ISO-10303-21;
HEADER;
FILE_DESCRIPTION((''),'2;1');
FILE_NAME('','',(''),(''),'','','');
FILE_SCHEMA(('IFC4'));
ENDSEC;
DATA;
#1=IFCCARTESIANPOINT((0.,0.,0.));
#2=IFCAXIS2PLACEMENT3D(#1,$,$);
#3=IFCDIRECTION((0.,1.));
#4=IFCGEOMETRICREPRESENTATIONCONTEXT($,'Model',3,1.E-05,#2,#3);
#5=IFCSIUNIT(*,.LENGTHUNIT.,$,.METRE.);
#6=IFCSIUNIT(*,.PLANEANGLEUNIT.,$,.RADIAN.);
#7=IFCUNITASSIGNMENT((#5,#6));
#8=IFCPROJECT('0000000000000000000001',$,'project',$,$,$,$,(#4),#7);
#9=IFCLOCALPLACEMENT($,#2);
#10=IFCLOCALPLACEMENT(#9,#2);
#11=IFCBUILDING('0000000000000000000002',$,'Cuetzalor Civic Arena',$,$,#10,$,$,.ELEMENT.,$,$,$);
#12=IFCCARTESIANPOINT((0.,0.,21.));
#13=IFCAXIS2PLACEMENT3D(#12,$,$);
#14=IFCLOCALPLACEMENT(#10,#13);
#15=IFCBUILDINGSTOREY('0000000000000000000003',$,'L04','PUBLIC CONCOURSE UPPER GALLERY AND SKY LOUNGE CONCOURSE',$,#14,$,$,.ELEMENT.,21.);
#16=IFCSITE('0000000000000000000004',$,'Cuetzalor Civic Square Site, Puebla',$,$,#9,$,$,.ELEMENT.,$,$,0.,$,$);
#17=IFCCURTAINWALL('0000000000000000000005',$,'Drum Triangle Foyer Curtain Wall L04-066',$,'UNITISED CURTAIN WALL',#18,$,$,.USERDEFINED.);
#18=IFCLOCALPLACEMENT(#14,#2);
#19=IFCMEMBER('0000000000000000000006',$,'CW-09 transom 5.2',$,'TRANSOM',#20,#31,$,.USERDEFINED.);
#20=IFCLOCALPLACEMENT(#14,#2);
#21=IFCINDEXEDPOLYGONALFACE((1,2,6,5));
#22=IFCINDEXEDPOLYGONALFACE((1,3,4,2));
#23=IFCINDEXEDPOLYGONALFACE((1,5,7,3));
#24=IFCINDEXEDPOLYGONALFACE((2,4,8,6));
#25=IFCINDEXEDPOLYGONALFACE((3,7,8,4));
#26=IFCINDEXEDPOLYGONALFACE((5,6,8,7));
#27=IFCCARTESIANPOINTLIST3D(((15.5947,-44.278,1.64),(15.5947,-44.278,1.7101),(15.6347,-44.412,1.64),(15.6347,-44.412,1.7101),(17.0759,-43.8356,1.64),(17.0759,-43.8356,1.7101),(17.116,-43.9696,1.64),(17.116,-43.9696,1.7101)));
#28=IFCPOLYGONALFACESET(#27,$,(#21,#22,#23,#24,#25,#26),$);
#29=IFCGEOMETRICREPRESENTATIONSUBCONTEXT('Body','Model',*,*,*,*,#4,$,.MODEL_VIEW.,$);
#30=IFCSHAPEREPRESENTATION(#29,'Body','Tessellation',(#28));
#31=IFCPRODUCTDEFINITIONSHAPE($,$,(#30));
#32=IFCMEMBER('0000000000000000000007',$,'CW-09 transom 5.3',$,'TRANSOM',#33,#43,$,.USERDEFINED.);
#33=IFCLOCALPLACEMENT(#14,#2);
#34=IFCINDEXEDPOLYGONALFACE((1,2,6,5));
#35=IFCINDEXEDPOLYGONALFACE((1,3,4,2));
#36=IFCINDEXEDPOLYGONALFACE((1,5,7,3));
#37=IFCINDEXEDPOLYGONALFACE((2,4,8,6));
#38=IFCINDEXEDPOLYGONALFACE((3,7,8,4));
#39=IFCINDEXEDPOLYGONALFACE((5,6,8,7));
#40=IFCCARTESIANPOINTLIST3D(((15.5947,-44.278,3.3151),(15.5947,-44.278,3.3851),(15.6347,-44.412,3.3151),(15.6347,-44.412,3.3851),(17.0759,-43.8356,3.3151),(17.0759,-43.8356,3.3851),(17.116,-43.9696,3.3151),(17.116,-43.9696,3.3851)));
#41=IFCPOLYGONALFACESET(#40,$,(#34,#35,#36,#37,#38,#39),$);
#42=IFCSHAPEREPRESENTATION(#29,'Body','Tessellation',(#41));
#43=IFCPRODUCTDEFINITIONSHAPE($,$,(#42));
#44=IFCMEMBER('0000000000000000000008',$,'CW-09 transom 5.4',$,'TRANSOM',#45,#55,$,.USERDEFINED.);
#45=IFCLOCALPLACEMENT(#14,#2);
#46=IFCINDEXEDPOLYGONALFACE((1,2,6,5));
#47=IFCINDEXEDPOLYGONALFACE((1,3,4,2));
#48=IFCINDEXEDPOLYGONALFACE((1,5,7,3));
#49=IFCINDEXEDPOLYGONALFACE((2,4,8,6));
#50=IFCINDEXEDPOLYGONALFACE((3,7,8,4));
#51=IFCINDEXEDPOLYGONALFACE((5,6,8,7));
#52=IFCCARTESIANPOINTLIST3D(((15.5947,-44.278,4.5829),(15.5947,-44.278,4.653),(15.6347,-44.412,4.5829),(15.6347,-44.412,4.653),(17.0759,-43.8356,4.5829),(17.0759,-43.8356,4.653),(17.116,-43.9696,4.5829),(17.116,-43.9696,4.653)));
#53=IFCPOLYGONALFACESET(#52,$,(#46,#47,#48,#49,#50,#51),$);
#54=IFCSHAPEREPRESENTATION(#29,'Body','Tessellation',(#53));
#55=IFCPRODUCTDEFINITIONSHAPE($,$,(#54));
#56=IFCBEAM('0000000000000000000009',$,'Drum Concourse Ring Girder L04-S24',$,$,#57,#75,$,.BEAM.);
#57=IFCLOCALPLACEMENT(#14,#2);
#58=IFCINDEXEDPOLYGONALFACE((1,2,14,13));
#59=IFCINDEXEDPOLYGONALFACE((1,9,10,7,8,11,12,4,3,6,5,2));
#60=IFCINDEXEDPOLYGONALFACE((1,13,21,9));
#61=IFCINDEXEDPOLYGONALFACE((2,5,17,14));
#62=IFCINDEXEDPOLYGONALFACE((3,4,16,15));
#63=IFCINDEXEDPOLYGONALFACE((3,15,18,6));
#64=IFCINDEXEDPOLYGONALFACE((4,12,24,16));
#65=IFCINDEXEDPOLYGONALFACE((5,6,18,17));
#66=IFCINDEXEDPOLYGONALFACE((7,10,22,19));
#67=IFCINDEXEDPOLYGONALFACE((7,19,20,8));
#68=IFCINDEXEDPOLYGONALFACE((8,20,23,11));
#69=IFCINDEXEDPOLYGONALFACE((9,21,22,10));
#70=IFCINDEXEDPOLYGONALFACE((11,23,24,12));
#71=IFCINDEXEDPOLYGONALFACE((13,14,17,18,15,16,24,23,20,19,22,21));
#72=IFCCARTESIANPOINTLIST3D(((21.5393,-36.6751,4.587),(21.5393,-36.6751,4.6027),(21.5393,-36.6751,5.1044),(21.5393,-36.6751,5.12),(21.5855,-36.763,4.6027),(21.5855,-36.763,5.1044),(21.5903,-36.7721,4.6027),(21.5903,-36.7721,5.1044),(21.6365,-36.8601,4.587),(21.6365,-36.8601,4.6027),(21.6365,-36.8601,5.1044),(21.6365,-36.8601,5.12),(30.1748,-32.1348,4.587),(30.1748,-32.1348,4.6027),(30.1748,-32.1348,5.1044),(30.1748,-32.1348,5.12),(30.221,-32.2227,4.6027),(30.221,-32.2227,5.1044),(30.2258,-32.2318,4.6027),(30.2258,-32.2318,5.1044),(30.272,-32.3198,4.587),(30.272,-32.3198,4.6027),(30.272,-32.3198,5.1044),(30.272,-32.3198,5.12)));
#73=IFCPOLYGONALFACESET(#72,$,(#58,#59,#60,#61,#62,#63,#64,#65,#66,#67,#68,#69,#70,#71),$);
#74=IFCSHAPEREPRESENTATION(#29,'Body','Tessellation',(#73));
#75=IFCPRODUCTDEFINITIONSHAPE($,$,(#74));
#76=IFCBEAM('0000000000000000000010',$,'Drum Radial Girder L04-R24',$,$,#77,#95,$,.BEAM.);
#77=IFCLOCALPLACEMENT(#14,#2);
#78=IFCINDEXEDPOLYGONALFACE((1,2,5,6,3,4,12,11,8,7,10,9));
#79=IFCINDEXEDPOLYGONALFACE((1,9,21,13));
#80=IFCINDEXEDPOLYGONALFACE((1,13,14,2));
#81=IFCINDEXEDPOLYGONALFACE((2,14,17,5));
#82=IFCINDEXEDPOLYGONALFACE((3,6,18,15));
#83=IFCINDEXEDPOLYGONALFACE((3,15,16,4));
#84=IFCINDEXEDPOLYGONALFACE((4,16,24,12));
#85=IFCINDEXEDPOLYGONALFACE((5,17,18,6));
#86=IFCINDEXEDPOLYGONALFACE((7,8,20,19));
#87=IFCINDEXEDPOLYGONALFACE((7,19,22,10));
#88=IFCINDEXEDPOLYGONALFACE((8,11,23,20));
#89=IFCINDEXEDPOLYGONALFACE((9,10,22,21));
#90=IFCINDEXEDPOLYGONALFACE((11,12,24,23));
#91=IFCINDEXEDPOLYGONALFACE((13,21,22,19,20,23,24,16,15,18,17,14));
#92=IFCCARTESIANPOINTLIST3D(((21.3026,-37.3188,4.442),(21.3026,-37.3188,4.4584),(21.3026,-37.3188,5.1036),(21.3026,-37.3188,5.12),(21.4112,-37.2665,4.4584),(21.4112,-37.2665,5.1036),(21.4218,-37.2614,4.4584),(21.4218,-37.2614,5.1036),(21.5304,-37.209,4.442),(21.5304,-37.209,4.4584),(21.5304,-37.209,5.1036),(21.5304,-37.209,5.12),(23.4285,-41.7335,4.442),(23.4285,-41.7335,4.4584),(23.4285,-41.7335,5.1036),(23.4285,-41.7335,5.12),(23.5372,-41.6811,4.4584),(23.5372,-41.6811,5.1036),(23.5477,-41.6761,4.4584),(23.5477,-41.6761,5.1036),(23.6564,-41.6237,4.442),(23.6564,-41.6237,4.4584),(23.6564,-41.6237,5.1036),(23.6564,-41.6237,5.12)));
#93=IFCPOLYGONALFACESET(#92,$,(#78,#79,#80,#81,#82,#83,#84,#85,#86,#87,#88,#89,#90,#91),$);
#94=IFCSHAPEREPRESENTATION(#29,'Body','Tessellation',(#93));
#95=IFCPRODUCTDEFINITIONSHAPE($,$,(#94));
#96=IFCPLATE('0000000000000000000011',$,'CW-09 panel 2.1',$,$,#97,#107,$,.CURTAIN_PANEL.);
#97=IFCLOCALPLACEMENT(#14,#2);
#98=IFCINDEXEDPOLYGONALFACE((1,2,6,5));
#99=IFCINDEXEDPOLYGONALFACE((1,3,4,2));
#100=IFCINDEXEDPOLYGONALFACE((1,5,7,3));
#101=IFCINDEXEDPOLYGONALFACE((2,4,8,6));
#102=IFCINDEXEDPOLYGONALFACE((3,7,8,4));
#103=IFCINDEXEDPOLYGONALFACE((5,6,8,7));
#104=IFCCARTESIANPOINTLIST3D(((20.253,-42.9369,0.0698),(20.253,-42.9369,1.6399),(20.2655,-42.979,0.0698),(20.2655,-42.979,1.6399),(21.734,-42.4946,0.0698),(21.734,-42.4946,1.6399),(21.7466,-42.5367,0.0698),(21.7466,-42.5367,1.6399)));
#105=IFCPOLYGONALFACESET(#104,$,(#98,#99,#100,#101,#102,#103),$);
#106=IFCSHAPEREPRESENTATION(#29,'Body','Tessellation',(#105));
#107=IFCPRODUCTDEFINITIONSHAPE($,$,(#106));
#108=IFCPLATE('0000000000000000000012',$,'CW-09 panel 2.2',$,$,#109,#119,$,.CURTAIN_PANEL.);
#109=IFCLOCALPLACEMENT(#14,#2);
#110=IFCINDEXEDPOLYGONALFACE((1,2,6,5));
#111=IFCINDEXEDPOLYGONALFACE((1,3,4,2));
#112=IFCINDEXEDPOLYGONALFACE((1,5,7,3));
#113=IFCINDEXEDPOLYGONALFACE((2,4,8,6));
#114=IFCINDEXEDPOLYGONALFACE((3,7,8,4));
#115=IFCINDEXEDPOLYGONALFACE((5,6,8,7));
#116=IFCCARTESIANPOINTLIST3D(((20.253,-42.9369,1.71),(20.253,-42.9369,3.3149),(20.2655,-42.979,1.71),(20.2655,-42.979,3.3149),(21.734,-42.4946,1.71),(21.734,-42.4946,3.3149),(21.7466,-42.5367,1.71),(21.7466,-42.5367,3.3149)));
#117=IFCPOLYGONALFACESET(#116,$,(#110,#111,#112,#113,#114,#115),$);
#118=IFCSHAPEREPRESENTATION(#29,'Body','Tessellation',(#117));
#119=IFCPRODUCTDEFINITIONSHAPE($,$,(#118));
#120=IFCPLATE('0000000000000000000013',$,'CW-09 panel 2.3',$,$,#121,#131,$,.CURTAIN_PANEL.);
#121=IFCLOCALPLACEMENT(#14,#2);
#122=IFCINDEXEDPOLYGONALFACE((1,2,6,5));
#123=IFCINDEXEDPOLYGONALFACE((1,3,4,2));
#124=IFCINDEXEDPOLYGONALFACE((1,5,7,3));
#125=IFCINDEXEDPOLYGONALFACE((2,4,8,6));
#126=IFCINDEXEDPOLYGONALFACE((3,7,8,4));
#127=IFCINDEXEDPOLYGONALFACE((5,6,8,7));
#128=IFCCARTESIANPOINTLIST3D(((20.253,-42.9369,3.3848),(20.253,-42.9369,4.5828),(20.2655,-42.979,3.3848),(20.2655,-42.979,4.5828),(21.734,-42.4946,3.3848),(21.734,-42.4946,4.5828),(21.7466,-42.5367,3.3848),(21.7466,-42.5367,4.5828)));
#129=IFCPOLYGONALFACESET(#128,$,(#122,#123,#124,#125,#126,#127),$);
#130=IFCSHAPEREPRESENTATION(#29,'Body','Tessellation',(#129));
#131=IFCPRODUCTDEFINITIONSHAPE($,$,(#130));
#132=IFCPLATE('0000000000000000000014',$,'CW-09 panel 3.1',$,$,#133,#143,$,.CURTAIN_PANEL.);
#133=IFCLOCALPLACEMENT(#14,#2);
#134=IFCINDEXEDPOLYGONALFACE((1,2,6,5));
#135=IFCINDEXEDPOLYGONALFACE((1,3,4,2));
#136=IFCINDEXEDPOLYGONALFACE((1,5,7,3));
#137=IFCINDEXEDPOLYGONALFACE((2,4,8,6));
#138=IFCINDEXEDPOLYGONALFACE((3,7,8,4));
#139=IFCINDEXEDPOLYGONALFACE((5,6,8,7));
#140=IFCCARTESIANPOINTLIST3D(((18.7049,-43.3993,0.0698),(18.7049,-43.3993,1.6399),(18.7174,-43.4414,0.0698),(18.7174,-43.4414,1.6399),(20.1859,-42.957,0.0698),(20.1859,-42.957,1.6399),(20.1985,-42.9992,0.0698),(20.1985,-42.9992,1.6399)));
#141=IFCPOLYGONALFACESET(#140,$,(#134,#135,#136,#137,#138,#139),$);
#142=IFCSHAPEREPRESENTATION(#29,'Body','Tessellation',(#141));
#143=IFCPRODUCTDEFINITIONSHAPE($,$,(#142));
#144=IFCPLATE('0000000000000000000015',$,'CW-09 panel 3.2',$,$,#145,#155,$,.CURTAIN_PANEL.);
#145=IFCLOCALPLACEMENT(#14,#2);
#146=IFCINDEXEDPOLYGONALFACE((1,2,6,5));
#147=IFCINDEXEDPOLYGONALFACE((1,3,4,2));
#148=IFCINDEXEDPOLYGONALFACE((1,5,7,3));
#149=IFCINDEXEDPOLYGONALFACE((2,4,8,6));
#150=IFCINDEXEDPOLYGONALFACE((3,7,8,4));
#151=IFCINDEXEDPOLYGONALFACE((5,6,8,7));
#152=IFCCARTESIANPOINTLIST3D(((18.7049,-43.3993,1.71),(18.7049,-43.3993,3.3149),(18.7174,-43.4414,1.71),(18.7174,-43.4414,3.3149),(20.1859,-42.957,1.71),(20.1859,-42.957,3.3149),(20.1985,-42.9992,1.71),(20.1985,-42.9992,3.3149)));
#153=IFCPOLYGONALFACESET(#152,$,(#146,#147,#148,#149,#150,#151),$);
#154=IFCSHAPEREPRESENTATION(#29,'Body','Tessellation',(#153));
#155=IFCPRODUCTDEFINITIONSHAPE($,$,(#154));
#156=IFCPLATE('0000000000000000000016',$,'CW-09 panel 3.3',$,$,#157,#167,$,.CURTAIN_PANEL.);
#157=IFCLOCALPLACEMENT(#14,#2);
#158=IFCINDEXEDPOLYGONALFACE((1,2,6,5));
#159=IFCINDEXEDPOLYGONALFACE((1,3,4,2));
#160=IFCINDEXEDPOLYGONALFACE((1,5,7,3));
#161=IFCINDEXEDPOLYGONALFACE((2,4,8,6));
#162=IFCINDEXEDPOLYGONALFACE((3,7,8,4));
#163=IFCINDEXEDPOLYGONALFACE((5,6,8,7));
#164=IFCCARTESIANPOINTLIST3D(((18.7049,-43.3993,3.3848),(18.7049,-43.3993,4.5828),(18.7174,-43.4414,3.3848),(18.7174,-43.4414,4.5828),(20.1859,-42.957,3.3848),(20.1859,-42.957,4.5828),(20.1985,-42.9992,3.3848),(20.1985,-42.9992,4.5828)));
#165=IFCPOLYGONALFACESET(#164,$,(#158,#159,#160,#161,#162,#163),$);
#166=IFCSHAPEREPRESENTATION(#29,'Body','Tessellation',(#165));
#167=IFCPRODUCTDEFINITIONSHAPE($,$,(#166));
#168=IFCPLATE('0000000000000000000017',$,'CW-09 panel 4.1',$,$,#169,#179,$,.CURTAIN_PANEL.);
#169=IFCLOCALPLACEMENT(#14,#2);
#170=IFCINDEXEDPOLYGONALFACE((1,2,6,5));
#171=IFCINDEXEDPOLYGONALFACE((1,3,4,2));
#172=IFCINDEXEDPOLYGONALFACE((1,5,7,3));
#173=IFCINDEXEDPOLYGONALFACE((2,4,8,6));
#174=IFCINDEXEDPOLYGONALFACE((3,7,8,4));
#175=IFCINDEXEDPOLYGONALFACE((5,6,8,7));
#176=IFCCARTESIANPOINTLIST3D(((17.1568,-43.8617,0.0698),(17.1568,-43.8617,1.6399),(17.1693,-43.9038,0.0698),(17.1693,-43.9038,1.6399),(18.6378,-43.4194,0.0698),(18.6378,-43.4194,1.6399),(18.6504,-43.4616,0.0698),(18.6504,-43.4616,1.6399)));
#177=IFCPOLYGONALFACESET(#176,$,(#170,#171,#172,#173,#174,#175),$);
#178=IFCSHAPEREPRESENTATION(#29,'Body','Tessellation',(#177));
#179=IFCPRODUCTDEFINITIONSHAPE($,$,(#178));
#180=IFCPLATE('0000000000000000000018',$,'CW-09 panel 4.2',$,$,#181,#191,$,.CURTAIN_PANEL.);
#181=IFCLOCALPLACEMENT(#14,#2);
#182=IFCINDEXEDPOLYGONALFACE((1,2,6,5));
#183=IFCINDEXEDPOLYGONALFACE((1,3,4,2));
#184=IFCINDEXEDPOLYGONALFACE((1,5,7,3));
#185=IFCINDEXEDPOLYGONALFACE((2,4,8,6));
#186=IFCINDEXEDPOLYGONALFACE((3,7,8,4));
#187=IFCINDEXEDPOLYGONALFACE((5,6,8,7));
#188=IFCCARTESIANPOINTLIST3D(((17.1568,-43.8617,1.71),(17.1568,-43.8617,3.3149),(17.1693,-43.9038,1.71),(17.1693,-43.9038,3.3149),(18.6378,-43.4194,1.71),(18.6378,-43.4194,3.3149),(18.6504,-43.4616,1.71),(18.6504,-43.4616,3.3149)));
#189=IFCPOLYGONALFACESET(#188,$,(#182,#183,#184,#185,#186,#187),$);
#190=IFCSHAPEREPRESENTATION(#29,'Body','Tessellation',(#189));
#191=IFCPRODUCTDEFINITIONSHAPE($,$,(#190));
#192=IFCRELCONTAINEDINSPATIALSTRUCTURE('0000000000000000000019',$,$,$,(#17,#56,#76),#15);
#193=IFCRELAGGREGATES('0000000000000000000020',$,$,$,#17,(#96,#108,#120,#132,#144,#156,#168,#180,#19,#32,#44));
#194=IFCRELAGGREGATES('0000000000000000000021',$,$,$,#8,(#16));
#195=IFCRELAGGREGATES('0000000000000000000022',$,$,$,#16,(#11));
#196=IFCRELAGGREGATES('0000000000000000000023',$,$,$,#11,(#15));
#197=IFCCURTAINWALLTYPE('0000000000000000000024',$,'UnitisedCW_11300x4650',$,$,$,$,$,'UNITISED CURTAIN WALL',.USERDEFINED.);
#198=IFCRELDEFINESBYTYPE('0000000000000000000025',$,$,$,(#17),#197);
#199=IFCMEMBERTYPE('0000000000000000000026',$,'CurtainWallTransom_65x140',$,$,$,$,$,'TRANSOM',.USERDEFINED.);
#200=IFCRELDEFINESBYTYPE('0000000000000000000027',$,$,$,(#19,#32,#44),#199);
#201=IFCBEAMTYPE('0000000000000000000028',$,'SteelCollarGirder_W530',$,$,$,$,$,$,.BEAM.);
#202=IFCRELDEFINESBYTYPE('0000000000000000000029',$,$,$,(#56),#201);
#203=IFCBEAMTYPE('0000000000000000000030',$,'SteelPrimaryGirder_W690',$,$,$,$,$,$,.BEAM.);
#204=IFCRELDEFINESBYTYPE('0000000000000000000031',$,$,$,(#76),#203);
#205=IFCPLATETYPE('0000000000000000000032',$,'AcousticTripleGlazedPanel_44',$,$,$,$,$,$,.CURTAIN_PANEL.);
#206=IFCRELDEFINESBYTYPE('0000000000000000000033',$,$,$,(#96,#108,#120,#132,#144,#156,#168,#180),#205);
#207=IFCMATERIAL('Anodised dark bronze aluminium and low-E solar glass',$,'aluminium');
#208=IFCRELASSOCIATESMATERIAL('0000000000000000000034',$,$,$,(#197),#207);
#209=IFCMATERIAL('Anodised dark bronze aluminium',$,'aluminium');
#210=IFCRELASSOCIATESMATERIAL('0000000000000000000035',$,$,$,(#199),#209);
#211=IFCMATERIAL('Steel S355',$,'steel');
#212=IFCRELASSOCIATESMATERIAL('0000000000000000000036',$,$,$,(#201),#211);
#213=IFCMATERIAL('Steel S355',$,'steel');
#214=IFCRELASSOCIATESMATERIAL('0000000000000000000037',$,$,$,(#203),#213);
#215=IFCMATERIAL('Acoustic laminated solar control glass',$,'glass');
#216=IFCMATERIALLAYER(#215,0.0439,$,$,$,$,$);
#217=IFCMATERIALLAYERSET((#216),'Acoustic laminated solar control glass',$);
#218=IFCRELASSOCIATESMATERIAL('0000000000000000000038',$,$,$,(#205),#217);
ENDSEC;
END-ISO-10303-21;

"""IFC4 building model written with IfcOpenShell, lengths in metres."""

from ifc_helpers import new_model, si_unit, direction, frame, origin, origin_2d, place, context, subcontext, project, spatial, rectangle, i_section, extrude, material, layer, layer_set, material_profile, profile_set, type_object, element, aggregate, save


model = new_model("IFC4")

# Units and contexts
model_context = context("Model", 3, precision=1e-05, world=origin(), true_north=direction((0.0, 1.0)))
body_context = subcontext(model_context, "Body", "Model", "MODEL_VIEW")
ifc_project = project(units=[si_unit("LENGTHUNIT", "METRE"), si_unit("PLANEANGLEUNIT", "RADIAN")], contexts=[model_context])

# Site, building, storey
site_placement = place(None, origin())
site = spatial("IfcSite", under=ifc_project, at=site_placement, Name="Cuetzalor Civic Square Site, Puebla", CompositionType="ELEMENT", RefElevation=0.0)
building_placement = place(site_placement, origin())
building = spatial("IfcBuilding", under=site, at=building_placement, Name="Cuetzalor Civic Arena", CompositionType="ELEMENT")
storey_placement = place(building_placement, frame((0.0, 0.0, 21.0)))
storey = spatial("IfcBuildingStorey", under=building, at=storey_placement, Name="L04", Description="PUBLIC CONCOURSE UPPER GALLERY AND SKY LOUNGE CONCOURSE", CompositionType="ELEMENT", Elevation=21.0)

# Curtain wall, members
ifc_material_1 = material(Name="Anodised dark bronze aluminium and low-E solar glass", Category="aluminium")
curtain_wall_type = type_object("IfcCurtainWallType", Name="UnitisedCW_11300x4650", ElementType="UNITISED CURTAIN WALL", PredefinedType="USERDEFINED", material=ifc_material_1)
curtain_wall_placement = place(storey_placement, origin())
curtain_wall = element("IfcCurtainWall", 1, at=curtain_wall_placement, inside=storey, type_object=curtain_wall_type, Name="Drum Triangle Foyer Curtain Wall L04-066", ObjectType="UNITISED CURTAIN WALL", PredefinedType="USERDEFINED")
ifc_material_2 = material(Name="Anodised dark bronze aluminium", Category="aluminium")
ifc_material_profile_1 = material_profile(ifc_material_2, rectangle(XDim=0.1399, YDim=0.0701, at=origin_2d()), Name="ALU TRANSOM 70x140")
ifc_profile_set_1 = profile_set([ifc_material_profile_1], Name="Anodised dark bronze aluminium")
member_type_1 = type_object("IfcMemberType", Name="CurtainWallTransom_65x140", ElementType="TRANSOM", PredefinedType="USERDEFINED", material=ifc_profile_set_1)
member_1_placement = place(storey_placement, frame((17.0959, -43.9026, 1.675), z_axis=(-0.958178, -0.286174, 0.0), x_axis=(0.286174, -0.958178, 0.0)))
member_1 = element("IfcMember", 2, at=member_1_placement, type_object=member_type_1, Name="CW-09 transom 5.2", ObjectType="TRANSOM", PredefinedType="USERDEFINED", context=body_context, shape_type="SweptSolid", body=[
    extrude(rectangle(XDim=0.1399, YDim=0.0701, at=origin_2d()), origin(), (0.0, 0.0, 1.0), 1.5459),
])
member_2_placement = place(storey_placement, frame((17.0959, -43.9026, 3.3501), z_axis=(-0.958178, -0.286174, 0.0), x_axis=(0.286174, -0.958178, 0.0)))
member_2 = element("IfcMember", 3, at=member_2_placement, type_object=member_type_1, Name="CW-09 transom 5.3", ObjectType="TRANSOM", PredefinedType="USERDEFINED", context=body_context, shape_type="SweptSolid", body=[
    extrude(rectangle(XDim=0.1399, YDim=0.0701, at=origin_2d()), origin(), (0.0, 0.0, 1.0), 1.5459),
])
member_3_placement = place(storey_placement, frame((17.0959, -43.9026, 4.6179), z_axis=(-0.958178, -0.286174, 0.0), x_axis=(0.286174, -0.958178, 0.0)))
member_3 = element("IfcMember", 4, at=member_3_placement, type_object=member_type_1, Name="CW-09 transom 5.4", ObjectType="TRANSOM", PredefinedType="USERDEFINED", context=body_context, shape_type="SweptSolid", body=[
    extrude(rectangle(XDim=0.1399, YDim=0.0701, at=origin_2d()), origin(), (0.0, 0.0, 1.0), 1.5459),
])

# Beams
ifc_material_3 = material(Name="Steel S355", Category="steel")
ifc_material_profile_2 = material_profile(ifc_material_3, i_section(OverallWidth=0.209, OverallDepth=0.533, WebThickness=0.0103, FlangeThickness=0.0156, at=origin_2d()), Name="W530x92")
ifc_profile_set_2 = profile_set([ifc_material_profile_2], Name="Steel S355")
beam_type_1 = type_object("IfcBeamType", Name="SteelCollarGirder_W530", PredefinedType="BEAM", material=ifc_profile_set_2)
beam_1_placement = place(storey_placement, frame((21.5879, -36.7676, 4.8535), z_axis=(0.885117, 0.465368, 0.0), x_axis=(-0.465368, 0.885117, 0.0)))
element("IfcBeam", 5, at=beam_1_placement, inside=storey, type_object=beam_type_1, Name="Drum Concourse Ring Girder L04-S24", PredefinedType="BEAM", context=body_context, shape_type="SweptSolid", body=[
    extrude(i_section(OverallWidth=0.209, OverallDepth=0.533, WebThickness=0.0103, FlangeThickness=0.0156, at=origin_2d()), origin(), (0.0, 0.0, 1.0), 9.7563),
])
ifc_material_4 = material(Name="Steel S355", Category="steel")
ifc_material_profile_3 = material_profile(ifc_material_4, i_section(OverallWidth=0.2529, OverallDepth=0.678, WebThickness=0.0117, FlangeThickness=0.0164, at=origin_2d()), Name="W690x125")
ifc_profile_set_3 = profile_set([ifc_material_profile_3], Name="Steel S355")
beam_type_2 = type_object("IfcBeamType", Name="SteelPrimaryGirder_W690", PredefinedType="BEAM", material=ifc_profile_set_3)
beam_2_placement = place(storey_placement, frame((21.4165, -37.2639, 4.781), z_axis=(0.433871, -0.900975, 0.0), x_axis=(0.900975, 0.433871, 0.0)))
element("IfcBeam", 6, at=beam_2_placement, inside=storey, type_object=beam_type_2, Name="Drum Radial Girder L04-R24", PredefinedType="BEAM", context=body_context, shape_type="SweptSolid", body=[
    extrude(i_section(OverallWidth=0.2529, OverallDepth=0.678, WebThickness=0.0117, FlangeThickness=0.0164, at=origin_2d()), origin(), (0.0, 0.0, 1.0), 4.8999),
])

# Plates
ifc_material_5 = material(Name="Acoustic laminated solar control glass", Category="glass")
ifc_layer = layer(ifc_material_5, 0.0439)
ifc_layer_set = layer_set([ifc_layer], Name="Acoustic laminated solar control glass")
plate_type = type_object("IfcPlateType", Name="AcousticTripleGlazedPanel_44", PredefinedType="CURTAIN_PANEL", material=ifc_layer_set)
plate_1_placement = place(storey_placement, frame((20.9998, -42.7368, 0.0698), z_axis=(0.0, 0.0, 1.0), x_axis=(-0.958194, -0.28612, 0.0)))
plate_1 = element("IfcPlate", 7, at=plate_1_placement, type_object=plate_type, Name="CW-09 panel 2.1", PredefinedType="CURTAIN_PANEL", context=body_context, shape_type="SweptSolid", body=[
    extrude(rectangle(XDim=1.5457, YDim=0.0439, at=origin_2d()), origin(), (0.0, 0.0, 1.0), 1.5701),
])
plate_2_placement = place(storey_placement, frame((20.9998, -42.7368, 1.71), z_axis=(0.0, 0.0, 1.0), x_axis=(-0.958194, -0.28612, 0.0)))
plate_2 = element("IfcPlate", 8, at=plate_2_placement, type_object=plate_type, Name="CW-09 panel 2.2", PredefinedType="CURTAIN_PANEL", context=body_context, shape_type="SweptSolid", body=[
    extrude(rectangle(XDim=1.5457, YDim=0.0439, at=origin_2d()), origin(), (0.0, 0.0, 1.0), 1.605),
])
plate_3_placement = place(storey_placement, frame((20.9998, -42.7368, 3.3848), z_axis=(0.0, 0.0, 1.0), x_axis=(-0.958194, -0.28612, 0.0)))
plate_3 = element("IfcPlate", 9, at=plate_3_placement, type_object=plate_type, Name="CW-09 panel 2.3", PredefinedType="CURTAIN_PANEL", context=body_context, shape_type="SweptSolid", body=[
    extrude(rectangle(XDim=1.5457, YDim=0.0439, at=origin_2d()), origin(), (0.0, 0.0, 1.0), 1.198),
])
plate_4_placement = place(storey_placement, frame((19.4517, -43.1992, 0.0698), z_axis=(0.0, 0.0, 1.0), x_axis=(-0.958194, -0.28612, 0.0)))
plate_4 = element("IfcPlate", 10, at=plate_4_placement, type_object=plate_type, Name="CW-09 panel 3.1", PredefinedType="CURTAIN_PANEL", context=body_context, shape_type="SweptSolid", body=[
    extrude(rectangle(XDim=1.5457, YDim=0.0439, at=origin_2d()), origin(), (0.0, 0.0, 1.0), 1.5701),
])
plate_5_placement = place(storey_placement, frame((19.4517, -43.1992, 1.71), z_axis=(0.0, 0.0, 1.0), x_axis=(-0.958194, -0.28612, 0.0)))
plate_5 = element("IfcPlate", 11, at=plate_5_placement, type_object=plate_type, Name="CW-09 panel 3.2", PredefinedType="CURTAIN_PANEL", context=body_context, shape_type="SweptSolid", body=[
    extrude(rectangle(XDim=1.5457, YDim=0.0439, at=origin_2d()), origin(), (0.0, 0.0, 1.0), 1.605),
])
plate_6_placement = place(storey_placement, frame((19.4517, -43.1992, 3.3848), z_axis=(0.0, 0.0, 1.0), x_axis=(-0.958194, -0.28612, 0.0)))
plate_6 = element("IfcPlate", 12, at=plate_6_placement, type_object=plate_type, Name="CW-09 panel 3.3", PredefinedType="CURTAIN_PANEL", context=body_context, shape_type="SweptSolid", body=[
    extrude(rectangle(XDim=1.5457, YDim=0.0439, at=origin_2d()), origin(), (0.0, 0.0, 1.0), 1.198),
])
plate_7_placement = place(storey_placement, frame((17.9036, -43.6616, 0.0698), z_axis=(0.0, 0.0, 1.0), x_axis=(-0.958194, -0.28612, 0.0)))
plate_7 = element("IfcPlate", 13, at=plate_7_placement, type_object=plate_type, Name="CW-09 panel 4.1", PredefinedType="CURTAIN_PANEL", context=body_context, shape_type="SweptSolid", body=[
    extrude(rectangle(XDim=1.5457, YDim=0.0439, at=origin_2d()), origin(), (0.0, 0.0, 1.0), 1.5701),
])
plate_8_placement = place(storey_placement, frame((17.9036, -43.6616, 1.71), z_axis=(0.0, 0.0, 1.0), x_axis=(-0.958194, -0.28612, 0.0)))
plate_8 = element("IfcPlate", 14, at=plate_8_placement, type_object=plate_type, Name="CW-09 panel 4.2", PredefinedType="CURTAIN_PANEL", context=body_context, shape_type="SweptSolid", body=[
    extrude(rectangle(XDim=1.5457, YDim=0.0439, at=origin_2d()), origin(), (0.0, 0.0, 1.0), 1.605),
])
aggregate(curtain_wall, [plate_1, plate_2, plate_3, plate_4, plate_5, plate_6, plate_7, plate_8, member_1, member_2, member_3])

save(model, "model.ifc")
